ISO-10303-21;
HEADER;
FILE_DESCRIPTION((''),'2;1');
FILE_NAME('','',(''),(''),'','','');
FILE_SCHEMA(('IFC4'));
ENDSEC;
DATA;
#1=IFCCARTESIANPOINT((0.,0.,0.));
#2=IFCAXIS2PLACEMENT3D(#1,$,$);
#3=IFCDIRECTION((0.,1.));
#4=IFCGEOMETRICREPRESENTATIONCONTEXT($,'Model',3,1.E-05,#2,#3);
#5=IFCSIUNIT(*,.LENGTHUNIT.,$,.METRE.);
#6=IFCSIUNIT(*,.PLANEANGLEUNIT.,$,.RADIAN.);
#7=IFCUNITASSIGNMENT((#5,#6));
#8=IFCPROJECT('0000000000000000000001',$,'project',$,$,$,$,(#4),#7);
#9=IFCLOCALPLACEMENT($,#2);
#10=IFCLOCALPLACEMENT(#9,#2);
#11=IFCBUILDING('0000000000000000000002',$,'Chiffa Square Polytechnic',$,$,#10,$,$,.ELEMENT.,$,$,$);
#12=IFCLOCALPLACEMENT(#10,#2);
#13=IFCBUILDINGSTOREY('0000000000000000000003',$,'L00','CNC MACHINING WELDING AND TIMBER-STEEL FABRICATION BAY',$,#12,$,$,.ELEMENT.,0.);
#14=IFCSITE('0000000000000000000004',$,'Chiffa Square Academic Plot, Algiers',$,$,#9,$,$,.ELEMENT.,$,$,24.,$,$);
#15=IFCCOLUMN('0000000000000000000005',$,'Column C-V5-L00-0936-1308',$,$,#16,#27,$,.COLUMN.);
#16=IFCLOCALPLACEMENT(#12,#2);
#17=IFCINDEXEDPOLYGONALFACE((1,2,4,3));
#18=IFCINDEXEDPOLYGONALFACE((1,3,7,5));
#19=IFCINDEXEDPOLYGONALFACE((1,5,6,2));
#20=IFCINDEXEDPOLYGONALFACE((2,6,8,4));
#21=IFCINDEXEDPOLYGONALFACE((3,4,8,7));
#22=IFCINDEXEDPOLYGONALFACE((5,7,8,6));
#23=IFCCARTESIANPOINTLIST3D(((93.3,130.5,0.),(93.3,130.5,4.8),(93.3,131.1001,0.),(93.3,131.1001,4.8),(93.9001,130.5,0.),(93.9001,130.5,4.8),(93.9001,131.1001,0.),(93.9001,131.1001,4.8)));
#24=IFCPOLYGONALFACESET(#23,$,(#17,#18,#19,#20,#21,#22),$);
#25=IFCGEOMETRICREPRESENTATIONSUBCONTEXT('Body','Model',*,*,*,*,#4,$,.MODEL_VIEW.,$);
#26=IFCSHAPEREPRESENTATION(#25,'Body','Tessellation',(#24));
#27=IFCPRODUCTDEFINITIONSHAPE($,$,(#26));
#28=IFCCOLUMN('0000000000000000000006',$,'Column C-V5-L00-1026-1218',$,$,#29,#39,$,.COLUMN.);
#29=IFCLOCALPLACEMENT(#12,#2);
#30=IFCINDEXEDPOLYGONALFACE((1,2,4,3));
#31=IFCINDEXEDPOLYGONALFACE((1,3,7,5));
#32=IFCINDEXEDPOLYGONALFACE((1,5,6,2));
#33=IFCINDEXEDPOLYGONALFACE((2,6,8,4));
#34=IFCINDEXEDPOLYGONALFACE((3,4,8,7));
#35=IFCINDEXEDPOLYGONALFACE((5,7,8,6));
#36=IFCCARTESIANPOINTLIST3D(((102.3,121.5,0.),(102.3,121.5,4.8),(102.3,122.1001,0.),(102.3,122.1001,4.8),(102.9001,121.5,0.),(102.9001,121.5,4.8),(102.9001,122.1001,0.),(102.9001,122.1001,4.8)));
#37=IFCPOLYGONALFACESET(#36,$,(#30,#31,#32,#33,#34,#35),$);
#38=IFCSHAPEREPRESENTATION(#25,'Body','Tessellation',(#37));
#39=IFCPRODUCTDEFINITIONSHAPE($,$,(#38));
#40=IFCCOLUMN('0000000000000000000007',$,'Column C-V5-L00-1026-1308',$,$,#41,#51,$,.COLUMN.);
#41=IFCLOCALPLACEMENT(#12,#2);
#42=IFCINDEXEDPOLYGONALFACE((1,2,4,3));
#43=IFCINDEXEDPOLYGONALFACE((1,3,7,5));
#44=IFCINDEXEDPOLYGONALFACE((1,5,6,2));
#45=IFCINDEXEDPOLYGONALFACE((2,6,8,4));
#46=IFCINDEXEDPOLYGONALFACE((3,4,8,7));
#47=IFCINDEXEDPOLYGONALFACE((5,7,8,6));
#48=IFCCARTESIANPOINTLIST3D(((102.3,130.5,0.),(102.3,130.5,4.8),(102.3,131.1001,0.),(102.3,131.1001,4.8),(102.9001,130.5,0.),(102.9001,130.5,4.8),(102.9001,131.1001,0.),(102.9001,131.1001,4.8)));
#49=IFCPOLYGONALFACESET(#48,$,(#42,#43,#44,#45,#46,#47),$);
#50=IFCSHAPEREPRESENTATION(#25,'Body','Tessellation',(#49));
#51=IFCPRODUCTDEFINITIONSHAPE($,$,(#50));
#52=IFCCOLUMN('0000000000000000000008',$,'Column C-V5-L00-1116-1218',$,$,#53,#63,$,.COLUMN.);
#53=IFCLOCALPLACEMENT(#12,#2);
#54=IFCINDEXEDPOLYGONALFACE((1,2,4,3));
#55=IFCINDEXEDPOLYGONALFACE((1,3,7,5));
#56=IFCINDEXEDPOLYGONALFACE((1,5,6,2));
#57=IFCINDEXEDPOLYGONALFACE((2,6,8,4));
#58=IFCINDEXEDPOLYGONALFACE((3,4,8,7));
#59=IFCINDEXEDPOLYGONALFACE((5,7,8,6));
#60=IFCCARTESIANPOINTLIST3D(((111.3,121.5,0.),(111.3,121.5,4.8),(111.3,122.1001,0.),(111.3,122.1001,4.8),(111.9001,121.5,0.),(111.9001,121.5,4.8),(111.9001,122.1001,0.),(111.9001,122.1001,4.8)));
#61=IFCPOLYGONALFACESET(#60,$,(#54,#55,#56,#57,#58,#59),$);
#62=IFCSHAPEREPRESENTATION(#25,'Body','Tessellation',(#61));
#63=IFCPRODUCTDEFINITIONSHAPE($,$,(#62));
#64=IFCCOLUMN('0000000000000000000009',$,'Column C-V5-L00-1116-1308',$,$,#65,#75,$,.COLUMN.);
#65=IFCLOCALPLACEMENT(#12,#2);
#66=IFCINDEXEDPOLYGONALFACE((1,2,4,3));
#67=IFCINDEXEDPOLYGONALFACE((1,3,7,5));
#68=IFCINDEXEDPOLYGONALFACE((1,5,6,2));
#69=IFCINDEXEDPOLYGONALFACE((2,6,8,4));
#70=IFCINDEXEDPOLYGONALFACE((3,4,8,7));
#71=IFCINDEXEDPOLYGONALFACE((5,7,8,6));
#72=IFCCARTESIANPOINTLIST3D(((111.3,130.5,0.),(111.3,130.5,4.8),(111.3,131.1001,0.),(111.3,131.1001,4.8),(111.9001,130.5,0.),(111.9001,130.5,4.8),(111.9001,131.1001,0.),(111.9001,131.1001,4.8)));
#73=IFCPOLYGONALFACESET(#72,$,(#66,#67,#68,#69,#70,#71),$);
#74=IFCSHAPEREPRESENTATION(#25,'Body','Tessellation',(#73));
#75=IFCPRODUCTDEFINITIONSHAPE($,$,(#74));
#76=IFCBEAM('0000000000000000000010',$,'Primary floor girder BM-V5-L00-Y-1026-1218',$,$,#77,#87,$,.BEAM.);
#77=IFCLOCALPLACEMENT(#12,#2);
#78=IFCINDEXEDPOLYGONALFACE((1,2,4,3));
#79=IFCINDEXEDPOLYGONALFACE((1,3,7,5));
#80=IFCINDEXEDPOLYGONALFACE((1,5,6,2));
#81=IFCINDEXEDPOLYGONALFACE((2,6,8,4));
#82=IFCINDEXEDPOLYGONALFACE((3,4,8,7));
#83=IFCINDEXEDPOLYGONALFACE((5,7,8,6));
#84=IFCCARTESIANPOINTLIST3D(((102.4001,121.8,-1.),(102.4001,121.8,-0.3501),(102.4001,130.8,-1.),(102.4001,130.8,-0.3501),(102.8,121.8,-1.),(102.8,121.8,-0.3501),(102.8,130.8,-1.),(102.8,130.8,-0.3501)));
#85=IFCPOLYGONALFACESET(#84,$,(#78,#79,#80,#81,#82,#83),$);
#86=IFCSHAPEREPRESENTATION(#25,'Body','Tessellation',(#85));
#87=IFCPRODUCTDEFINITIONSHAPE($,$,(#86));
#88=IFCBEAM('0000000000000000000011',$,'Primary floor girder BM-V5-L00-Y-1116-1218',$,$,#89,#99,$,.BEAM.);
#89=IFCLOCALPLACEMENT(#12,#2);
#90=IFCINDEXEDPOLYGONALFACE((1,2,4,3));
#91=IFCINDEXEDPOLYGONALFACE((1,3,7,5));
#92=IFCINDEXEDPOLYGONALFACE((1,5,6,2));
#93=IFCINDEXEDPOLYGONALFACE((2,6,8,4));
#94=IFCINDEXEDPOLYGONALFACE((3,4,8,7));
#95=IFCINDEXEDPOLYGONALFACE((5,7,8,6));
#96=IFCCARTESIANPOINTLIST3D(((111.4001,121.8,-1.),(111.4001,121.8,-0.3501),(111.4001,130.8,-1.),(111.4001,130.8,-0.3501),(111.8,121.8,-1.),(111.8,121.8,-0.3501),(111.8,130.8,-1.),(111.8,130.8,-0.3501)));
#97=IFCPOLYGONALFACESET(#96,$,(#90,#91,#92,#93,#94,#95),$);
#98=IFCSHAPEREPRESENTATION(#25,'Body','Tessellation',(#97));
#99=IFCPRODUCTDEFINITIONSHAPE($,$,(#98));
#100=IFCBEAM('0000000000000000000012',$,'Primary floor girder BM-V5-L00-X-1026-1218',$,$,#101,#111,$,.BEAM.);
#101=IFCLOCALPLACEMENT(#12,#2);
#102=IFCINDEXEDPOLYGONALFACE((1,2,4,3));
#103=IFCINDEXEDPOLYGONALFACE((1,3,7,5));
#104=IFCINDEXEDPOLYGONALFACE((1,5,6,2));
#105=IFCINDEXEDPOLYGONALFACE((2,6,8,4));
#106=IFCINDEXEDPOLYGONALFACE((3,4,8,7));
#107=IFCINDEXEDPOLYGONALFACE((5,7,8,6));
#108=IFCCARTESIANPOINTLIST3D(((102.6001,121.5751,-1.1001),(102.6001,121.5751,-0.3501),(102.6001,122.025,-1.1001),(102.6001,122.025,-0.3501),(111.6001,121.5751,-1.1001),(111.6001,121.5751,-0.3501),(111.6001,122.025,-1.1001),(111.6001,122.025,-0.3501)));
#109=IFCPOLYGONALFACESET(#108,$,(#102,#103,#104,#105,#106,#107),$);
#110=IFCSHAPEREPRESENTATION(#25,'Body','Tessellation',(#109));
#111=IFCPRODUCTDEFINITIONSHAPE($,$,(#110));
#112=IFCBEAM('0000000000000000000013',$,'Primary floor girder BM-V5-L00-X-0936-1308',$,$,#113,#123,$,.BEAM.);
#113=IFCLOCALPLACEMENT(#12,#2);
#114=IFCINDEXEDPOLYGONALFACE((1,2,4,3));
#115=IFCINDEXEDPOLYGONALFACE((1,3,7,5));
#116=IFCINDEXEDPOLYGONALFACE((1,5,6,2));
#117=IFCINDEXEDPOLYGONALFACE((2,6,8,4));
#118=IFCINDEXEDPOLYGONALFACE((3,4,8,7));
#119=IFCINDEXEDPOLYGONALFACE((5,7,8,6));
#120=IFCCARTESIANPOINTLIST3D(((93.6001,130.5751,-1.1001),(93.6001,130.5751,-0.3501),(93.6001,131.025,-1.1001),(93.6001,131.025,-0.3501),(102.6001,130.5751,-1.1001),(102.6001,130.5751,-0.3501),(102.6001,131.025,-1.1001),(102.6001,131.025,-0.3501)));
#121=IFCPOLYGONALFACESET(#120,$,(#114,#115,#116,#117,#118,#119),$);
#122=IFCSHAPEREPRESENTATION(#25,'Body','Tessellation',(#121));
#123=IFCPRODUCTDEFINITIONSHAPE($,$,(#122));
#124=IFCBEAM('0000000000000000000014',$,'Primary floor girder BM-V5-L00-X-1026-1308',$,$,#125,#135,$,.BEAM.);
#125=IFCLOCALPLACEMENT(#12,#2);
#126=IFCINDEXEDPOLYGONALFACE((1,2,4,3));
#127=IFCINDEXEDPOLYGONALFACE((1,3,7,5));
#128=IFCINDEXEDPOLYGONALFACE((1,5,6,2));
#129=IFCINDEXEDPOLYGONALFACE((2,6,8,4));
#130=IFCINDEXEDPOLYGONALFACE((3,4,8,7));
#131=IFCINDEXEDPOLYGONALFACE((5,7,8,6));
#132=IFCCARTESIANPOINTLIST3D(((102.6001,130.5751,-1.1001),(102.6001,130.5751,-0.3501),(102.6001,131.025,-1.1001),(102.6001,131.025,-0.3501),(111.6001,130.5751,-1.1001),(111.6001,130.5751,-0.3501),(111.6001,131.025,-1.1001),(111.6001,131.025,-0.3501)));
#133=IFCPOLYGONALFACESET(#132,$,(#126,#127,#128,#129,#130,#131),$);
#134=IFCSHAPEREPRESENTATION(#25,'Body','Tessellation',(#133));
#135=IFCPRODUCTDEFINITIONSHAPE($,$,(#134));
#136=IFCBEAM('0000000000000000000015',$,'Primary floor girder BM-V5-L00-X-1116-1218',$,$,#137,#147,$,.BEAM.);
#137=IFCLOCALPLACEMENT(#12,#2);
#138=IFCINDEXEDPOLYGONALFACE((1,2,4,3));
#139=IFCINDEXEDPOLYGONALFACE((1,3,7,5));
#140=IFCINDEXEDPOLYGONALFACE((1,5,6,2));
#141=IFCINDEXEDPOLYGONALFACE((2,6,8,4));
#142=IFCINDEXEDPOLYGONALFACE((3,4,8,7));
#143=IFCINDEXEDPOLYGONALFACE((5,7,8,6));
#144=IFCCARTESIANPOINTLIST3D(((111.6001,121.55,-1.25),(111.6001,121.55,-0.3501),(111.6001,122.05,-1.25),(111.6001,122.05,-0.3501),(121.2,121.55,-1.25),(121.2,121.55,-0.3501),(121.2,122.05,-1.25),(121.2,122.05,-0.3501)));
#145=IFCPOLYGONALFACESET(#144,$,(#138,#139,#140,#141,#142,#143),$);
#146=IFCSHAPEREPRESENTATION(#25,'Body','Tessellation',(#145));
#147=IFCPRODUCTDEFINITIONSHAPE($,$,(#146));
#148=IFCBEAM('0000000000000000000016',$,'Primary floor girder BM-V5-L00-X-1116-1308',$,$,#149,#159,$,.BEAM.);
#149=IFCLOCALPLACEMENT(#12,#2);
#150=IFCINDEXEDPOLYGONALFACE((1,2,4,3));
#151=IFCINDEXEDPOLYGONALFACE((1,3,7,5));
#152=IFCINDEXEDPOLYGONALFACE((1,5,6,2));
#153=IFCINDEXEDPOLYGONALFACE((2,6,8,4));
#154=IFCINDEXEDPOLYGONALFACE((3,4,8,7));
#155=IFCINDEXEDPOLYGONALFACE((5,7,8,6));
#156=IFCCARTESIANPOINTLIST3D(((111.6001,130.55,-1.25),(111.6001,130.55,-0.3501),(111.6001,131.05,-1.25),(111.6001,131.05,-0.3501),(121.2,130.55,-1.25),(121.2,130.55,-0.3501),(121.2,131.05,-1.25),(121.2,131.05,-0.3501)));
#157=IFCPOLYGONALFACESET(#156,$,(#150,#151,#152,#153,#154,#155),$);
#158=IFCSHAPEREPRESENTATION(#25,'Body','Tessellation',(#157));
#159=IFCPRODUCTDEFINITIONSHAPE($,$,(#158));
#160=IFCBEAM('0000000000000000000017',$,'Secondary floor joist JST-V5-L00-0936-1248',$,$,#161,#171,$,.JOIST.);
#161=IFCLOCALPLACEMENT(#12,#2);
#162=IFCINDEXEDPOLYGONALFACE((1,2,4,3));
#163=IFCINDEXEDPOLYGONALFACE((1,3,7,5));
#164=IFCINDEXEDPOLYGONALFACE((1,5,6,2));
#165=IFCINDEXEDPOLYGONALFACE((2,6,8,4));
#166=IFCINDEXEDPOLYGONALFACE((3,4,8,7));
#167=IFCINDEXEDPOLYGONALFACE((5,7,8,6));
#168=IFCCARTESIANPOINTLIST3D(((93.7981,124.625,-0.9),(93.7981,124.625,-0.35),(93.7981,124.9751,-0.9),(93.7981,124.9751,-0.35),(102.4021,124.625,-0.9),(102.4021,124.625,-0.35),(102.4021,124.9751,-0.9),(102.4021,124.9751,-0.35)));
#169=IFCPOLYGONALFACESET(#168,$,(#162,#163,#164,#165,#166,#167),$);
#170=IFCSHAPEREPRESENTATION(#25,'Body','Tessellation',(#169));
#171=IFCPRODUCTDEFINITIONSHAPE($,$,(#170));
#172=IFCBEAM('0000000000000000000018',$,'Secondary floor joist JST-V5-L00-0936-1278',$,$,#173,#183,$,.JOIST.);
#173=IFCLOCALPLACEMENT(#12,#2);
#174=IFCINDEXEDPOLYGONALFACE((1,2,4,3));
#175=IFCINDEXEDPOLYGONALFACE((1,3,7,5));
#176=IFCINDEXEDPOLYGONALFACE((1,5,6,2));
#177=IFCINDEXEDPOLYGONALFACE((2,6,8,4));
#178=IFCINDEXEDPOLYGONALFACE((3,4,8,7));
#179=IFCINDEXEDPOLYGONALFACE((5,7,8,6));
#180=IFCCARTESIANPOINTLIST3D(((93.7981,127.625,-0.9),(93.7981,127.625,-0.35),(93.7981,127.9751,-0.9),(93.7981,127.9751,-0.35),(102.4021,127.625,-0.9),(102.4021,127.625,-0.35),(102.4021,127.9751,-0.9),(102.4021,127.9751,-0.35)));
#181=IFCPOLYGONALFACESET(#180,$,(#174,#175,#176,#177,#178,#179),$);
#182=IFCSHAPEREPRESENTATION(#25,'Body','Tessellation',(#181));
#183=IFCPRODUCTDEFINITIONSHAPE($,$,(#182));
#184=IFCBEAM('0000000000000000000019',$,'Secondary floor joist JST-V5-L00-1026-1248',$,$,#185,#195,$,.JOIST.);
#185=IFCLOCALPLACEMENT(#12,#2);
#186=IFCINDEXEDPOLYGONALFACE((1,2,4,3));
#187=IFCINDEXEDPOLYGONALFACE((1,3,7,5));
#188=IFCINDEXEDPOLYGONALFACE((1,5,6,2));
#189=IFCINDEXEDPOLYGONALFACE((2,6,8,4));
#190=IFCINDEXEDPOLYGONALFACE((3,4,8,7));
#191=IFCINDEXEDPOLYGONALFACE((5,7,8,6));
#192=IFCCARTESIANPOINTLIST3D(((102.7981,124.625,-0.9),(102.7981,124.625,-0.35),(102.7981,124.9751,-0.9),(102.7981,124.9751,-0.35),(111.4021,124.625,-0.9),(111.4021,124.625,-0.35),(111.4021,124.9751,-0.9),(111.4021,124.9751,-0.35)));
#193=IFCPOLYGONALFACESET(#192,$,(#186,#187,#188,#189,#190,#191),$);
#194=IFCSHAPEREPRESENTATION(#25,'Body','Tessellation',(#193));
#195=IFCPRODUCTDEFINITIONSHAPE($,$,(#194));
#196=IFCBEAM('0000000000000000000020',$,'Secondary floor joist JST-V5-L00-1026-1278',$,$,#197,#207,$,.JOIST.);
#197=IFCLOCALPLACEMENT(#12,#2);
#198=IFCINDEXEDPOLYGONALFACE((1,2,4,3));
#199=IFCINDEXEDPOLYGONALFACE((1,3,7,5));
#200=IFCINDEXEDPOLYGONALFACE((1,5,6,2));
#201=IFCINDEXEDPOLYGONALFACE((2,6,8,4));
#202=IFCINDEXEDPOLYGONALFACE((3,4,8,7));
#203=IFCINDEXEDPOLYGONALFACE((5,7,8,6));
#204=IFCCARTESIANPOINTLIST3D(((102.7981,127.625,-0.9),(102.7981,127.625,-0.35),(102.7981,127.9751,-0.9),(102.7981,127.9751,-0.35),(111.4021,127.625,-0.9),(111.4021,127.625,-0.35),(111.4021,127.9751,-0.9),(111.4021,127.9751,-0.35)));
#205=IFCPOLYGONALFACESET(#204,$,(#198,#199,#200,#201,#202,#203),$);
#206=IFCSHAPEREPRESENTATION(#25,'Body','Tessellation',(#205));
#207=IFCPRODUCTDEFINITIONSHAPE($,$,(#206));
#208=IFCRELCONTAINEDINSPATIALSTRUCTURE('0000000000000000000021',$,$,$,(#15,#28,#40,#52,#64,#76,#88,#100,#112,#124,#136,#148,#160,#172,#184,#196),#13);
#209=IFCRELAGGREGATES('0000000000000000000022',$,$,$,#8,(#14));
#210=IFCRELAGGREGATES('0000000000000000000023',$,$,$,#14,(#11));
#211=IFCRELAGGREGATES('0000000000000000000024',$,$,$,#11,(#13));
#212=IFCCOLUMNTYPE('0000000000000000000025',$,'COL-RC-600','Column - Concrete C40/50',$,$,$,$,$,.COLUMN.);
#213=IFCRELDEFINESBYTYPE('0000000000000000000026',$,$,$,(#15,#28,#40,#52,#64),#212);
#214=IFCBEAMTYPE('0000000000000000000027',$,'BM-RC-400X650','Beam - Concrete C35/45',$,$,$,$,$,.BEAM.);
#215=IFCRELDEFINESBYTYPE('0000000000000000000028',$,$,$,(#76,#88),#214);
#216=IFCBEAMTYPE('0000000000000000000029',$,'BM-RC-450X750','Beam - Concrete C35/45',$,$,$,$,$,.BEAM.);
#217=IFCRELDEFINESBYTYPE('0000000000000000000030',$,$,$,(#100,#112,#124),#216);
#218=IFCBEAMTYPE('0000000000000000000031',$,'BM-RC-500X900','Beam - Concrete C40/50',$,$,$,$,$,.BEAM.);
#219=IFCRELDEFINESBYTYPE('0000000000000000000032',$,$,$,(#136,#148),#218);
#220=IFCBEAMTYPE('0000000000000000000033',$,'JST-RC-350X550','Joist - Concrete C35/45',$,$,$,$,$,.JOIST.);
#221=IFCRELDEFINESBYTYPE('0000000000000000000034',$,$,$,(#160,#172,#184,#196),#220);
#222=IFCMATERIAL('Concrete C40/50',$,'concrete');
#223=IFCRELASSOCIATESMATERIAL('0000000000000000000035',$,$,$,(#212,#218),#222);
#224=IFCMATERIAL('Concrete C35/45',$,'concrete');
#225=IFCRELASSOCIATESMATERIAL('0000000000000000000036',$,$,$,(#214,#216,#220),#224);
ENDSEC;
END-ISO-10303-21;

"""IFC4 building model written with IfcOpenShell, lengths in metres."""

from ifc_helpers import new_model, si_unit, direction, frame, origin, origin_2d, place, context, subcontext, project, spatial, rectangle, extrude, material, material_profile, profile_set, type_object, element, save


model = new_model("IFC4")

# Units and contexts
model_context = context("Model", 3, precision=1e-05, world=origin(), true_north=direction((0.0, 1.0)))
body_context = subcontext(model_context, "Body", "Model", "MODEL_VIEW")
ifc_project = project(units=[si_unit("LENGTHUNIT", "METRE"), si_unit("PLANEANGLEUNIT", "RADIAN")], contexts=[model_context])

# Site, building, storey
site_placement = place(None, origin())
site = spatial("IfcSite", under=ifc_project, at=site_placement, Name="Chiffa Square Academic Plot, Algiers", CompositionType="ELEMENT", RefElevation=24.0)
building_placement = place(site_placement, origin())
building = spatial("IfcBuilding", under=site, at=building_placement, Name="Chiffa Square Polytechnic", CompositionType="ELEMENT")
storey_placement = place(building_placement, origin())
storey = spatial("IfcBuildingStorey", under=building, at=storey_placement, Name="L00", Description="CNC MACHINING WELDING AND TIMBER-STEEL FABRICATION BAY", CompositionType="ELEMENT", Elevation=0.0)

# Columns
ifc_material_1 = material(Name="Concrete C40/50", Category="concrete")
ifc_material_profile_1 = material_profile(ifc_material_1, rectangle(XDim=0.6001, YDim=0.6001, at=origin_2d()), Name="RC 600x600")
ifc_profile_set_1 = profile_set([ifc_material_profile_1], Name="Concrete C40/50")
column_type = type_object("IfcColumnType", Name="COL-RC-600", Description="Column - Concrete C40/50", PredefinedType="COLUMN", material=ifc_profile_set_1)
for number, where, z_axis, x_axis, name in (
    (1, (93.6001, 130.8, 0.0), (0.0, 0.0, 1.0), (1.0, 0.0, 0.0), "Column C-V5-L00-0936-1308"),
    (2, (102.6001, 121.8, 0.0), (0.0, 0.0, 1.0), (1.0, 0.0, 0.0), "Column C-V5-L00-1026-1218"),
    (3, (102.6001, 130.8, 0.0), (0.0, 0.0, 1.0), (1.0, 0.0, 0.0), "Column C-V5-L00-1026-1308"),
    (4, (111.6001, 121.8, 0.0), (0.0, 0.0, 1.0), (1.0, 0.0, 0.0), "Column C-V5-L00-1116-1218"),
    (5, (111.6001, 130.8, 0.0), (0.0, 0.0, 1.0), (1.0, 0.0, 0.0), "Column C-V5-L00-1116-1308"),
):
    element("IfcColumn", number, at=place(storey_placement, frame(where, z_axis=z_axis, x_axis=x_axis)), inside=storey, type_object=column_type, Name=name, PredefinedType="COLUMN", context=body_context, shape_type="SweptSolid", body=[
        extrude(rectangle(XDim=0.6001, YDim=0.6001, at=origin_2d()), origin(), (0.0, 0.0, 1.0), 4.8),
    ])

# Beams
ifc_material_2 = material(Name="Concrete C35/45", Category="concrete")
ifc_material_profile_2 = material_profile(ifc_material_2, rectangle(XDim=0.3999, YDim=0.6499, at=origin_2d()), Name="RC 400x650")
ifc_profile_set_2 = profile_set([ifc_material_profile_2], Name="Concrete C35/45")
beam_type_1 = type_object("IfcBeamType", Name="BM-RC-400X650", Description="Beam - Concrete C35/45", PredefinedType="BEAM", material=ifc_profile_set_2)
for number, where, z_axis, x_axis, name in (
    (6, (102.6001, 121.8, -0.675), (0.0, 1.0, 0.0), (-1.0, 0.0, 0.0), "Primary floor girder BM-V5-L00-Y-1026-1218"),
    (7, (111.6001, 121.8, -0.675), (0.0, 1.0, 0.0), (-1.0, 0.0, 0.0), "Primary floor girder BM-V5-L00-Y-1116-1218"),
):
    element("IfcBeam", number, at=place(storey_placement, frame(where, z_axis=z_axis, x_axis=x_axis)), inside=storey, type_object=beam_type_1, Name=name, PredefinedType="BEAM", context=body_context, shape_type="SweptSolid", body=[
        extrude(rectangle(XDim=0.3999, YDim=0.6499, at=origin_2d()), origin(), (0.0, 0.0, 1.0), 9.0),
    ])
ifc_material_profile_3 = material_profile(ifc_material_2, rectangle(XDim=0.45, YDim=0.75, at=origin_2d()), Name="RC 450x750")
ifc_profile_set_3 = profile_set([ifc_material_profile_3], Name="Concrete C35/45")
beam_type_2 = type_object("IfcBeamType", Name="BM-RC-450X750", Description="Beam - Concrete C35/45", PredefinedType="BEAM", material=ifc_profile_set_3)
for number, where, z_axis, x_axis, name in (
    (8, (102.6001, 121.8, -0.7251), (1.0, 0.0, 0.0), (0.0, 1.0, 0.0), "Primary floor girder BM-V5-L00-X-1026-1218"),
    (9, (93.6001, 130.8, -0.7251), (1.0, 0.0, 0.0), (0.0, 1.0, 0.0), "Primary floor girder BM-V5-L00-X-0936-1308"),
    (10, (102.6001, 130.8, -0.7251), (1.0, 0.0, 0.0), (0.0, 1.0, 0.0), "Primary floor girder BM-V5-L00-X-1026-1308"),
):
    element("IfcBeam", number, at=place(storey_placement, frame(where, z_axis=z_axis, x_axis=x_axis)), inside=storey, type_object=beam_type_2, Name=name, PredefinedType="BEAM", context=body_context, shape_type="SweptSolid", body=[
        extrude(rectangle(XDim=0.45, YDim=0.75, at=origin_2d()), origin(), (0.0, 0.0, 1.0), 9.0),
    ])
ifc_material_profile_4 = material_profile(ifc_material_1, rectangle(XDim=0.5, YDim=0.8999, at=origin_2d()), Name="RC 500x900")
ifc_profile_set_4 = profile_set([ifc_material_profile_4], Name="Concrete C40/50")
beam_type_3 = type_object("IfcBeamType", Name="BM-RC-500X900", Description="Beam - Concrete C40/50", PredefinedType="BEAM", material=ifc_profile_set_4)
for number, where, z_axis, x_axis, name in (
    (11, (111.6001, 121.8, -0.8), (1.0, 0.0, 0.0), (0.0, 1.0, 0.0), "Primary floor girder BM-V5-L00-X-1116-1218"),
    (12, (111.6001, 130.8, -0.8), (1.0, 0.0, 0.0), (0.0, 1.0, 0.0), "Primary floor girder BM-V5-L00-X-1116-1308"),
):
    element("IfcBeam", number, at=place(storey_placement, frame(where, z_axis=z_axis, x_axis=x_axis)), inside=storey, type_object=beam_type_3, Name=name, PredefinedType="BEAM", context=body_context, shape_type="SweptSolid", body=[
        extrude(rectangle(XDim=0.5, YDim=0.8999, at=origin_2d()), origin(), (0.0, 0.0, 1.0), 9.5999),
    ])
ifc_material_profile_5 = material_profile(ifc_material_2, rectangle(XDim=0.3501, YDim=0.55, at=origin_2d()), Name="RC 350x550")
ifc_profile_set_5 = profile_set([ifc_material_profile_5], Name="Concrete C35/45")
beam_type_4 = type_object("IfcBeamType", Name="JST-RC-350X550", Description="Joist - Concrete C35/45", PredefinedType="JOIST", material=ifc_profile_set_5)
for number, where, z_axis, x_axis, name in (
    (13, (93.7981, 124.8, -0.625), (1.0, 0.0, 0.0), (0.0, 1.0, 0.0), "Secondary floor joist JST-V5-L00-0936-1248"),
    (14, (93.7981, 127.8, -0.625), (1.0, 0.0, 0.0), (0.0, 1.0, 0.0), "Secondary floor joist JST-V5-L00-0936-1278"),
    (15, (102.7981, 124.8, -0.625), (1.0, 0.0, 0.0), (0.0, 1.0, 0.0), "Secondary floor joist JST-V5-L00-1026-1248"),
    (16, (102.7981, 127.8, -0.625), (1.0, 0.0, 0.0), (0.0, 1.0, 0.0), "Secondary floor joist JST-V5-L00-1026-1278"),
):
    element("IfcBeam", number, at=place(storey_placement, frame(where, z_axis=z_axis, x_axis=x_axis)), inside=storey, type_object=beam_type_4, Name=name, PredefinedType="JOIST", context=body_context, shape_type="SweptSolid", body=[
        extrude(rectangle(XDim=0.3501, YDim=0.55, at=origin_2d()), origin(), (0.0, 0.0, 1.0), 8.604),
    ])

save(model, "model.ifc")
